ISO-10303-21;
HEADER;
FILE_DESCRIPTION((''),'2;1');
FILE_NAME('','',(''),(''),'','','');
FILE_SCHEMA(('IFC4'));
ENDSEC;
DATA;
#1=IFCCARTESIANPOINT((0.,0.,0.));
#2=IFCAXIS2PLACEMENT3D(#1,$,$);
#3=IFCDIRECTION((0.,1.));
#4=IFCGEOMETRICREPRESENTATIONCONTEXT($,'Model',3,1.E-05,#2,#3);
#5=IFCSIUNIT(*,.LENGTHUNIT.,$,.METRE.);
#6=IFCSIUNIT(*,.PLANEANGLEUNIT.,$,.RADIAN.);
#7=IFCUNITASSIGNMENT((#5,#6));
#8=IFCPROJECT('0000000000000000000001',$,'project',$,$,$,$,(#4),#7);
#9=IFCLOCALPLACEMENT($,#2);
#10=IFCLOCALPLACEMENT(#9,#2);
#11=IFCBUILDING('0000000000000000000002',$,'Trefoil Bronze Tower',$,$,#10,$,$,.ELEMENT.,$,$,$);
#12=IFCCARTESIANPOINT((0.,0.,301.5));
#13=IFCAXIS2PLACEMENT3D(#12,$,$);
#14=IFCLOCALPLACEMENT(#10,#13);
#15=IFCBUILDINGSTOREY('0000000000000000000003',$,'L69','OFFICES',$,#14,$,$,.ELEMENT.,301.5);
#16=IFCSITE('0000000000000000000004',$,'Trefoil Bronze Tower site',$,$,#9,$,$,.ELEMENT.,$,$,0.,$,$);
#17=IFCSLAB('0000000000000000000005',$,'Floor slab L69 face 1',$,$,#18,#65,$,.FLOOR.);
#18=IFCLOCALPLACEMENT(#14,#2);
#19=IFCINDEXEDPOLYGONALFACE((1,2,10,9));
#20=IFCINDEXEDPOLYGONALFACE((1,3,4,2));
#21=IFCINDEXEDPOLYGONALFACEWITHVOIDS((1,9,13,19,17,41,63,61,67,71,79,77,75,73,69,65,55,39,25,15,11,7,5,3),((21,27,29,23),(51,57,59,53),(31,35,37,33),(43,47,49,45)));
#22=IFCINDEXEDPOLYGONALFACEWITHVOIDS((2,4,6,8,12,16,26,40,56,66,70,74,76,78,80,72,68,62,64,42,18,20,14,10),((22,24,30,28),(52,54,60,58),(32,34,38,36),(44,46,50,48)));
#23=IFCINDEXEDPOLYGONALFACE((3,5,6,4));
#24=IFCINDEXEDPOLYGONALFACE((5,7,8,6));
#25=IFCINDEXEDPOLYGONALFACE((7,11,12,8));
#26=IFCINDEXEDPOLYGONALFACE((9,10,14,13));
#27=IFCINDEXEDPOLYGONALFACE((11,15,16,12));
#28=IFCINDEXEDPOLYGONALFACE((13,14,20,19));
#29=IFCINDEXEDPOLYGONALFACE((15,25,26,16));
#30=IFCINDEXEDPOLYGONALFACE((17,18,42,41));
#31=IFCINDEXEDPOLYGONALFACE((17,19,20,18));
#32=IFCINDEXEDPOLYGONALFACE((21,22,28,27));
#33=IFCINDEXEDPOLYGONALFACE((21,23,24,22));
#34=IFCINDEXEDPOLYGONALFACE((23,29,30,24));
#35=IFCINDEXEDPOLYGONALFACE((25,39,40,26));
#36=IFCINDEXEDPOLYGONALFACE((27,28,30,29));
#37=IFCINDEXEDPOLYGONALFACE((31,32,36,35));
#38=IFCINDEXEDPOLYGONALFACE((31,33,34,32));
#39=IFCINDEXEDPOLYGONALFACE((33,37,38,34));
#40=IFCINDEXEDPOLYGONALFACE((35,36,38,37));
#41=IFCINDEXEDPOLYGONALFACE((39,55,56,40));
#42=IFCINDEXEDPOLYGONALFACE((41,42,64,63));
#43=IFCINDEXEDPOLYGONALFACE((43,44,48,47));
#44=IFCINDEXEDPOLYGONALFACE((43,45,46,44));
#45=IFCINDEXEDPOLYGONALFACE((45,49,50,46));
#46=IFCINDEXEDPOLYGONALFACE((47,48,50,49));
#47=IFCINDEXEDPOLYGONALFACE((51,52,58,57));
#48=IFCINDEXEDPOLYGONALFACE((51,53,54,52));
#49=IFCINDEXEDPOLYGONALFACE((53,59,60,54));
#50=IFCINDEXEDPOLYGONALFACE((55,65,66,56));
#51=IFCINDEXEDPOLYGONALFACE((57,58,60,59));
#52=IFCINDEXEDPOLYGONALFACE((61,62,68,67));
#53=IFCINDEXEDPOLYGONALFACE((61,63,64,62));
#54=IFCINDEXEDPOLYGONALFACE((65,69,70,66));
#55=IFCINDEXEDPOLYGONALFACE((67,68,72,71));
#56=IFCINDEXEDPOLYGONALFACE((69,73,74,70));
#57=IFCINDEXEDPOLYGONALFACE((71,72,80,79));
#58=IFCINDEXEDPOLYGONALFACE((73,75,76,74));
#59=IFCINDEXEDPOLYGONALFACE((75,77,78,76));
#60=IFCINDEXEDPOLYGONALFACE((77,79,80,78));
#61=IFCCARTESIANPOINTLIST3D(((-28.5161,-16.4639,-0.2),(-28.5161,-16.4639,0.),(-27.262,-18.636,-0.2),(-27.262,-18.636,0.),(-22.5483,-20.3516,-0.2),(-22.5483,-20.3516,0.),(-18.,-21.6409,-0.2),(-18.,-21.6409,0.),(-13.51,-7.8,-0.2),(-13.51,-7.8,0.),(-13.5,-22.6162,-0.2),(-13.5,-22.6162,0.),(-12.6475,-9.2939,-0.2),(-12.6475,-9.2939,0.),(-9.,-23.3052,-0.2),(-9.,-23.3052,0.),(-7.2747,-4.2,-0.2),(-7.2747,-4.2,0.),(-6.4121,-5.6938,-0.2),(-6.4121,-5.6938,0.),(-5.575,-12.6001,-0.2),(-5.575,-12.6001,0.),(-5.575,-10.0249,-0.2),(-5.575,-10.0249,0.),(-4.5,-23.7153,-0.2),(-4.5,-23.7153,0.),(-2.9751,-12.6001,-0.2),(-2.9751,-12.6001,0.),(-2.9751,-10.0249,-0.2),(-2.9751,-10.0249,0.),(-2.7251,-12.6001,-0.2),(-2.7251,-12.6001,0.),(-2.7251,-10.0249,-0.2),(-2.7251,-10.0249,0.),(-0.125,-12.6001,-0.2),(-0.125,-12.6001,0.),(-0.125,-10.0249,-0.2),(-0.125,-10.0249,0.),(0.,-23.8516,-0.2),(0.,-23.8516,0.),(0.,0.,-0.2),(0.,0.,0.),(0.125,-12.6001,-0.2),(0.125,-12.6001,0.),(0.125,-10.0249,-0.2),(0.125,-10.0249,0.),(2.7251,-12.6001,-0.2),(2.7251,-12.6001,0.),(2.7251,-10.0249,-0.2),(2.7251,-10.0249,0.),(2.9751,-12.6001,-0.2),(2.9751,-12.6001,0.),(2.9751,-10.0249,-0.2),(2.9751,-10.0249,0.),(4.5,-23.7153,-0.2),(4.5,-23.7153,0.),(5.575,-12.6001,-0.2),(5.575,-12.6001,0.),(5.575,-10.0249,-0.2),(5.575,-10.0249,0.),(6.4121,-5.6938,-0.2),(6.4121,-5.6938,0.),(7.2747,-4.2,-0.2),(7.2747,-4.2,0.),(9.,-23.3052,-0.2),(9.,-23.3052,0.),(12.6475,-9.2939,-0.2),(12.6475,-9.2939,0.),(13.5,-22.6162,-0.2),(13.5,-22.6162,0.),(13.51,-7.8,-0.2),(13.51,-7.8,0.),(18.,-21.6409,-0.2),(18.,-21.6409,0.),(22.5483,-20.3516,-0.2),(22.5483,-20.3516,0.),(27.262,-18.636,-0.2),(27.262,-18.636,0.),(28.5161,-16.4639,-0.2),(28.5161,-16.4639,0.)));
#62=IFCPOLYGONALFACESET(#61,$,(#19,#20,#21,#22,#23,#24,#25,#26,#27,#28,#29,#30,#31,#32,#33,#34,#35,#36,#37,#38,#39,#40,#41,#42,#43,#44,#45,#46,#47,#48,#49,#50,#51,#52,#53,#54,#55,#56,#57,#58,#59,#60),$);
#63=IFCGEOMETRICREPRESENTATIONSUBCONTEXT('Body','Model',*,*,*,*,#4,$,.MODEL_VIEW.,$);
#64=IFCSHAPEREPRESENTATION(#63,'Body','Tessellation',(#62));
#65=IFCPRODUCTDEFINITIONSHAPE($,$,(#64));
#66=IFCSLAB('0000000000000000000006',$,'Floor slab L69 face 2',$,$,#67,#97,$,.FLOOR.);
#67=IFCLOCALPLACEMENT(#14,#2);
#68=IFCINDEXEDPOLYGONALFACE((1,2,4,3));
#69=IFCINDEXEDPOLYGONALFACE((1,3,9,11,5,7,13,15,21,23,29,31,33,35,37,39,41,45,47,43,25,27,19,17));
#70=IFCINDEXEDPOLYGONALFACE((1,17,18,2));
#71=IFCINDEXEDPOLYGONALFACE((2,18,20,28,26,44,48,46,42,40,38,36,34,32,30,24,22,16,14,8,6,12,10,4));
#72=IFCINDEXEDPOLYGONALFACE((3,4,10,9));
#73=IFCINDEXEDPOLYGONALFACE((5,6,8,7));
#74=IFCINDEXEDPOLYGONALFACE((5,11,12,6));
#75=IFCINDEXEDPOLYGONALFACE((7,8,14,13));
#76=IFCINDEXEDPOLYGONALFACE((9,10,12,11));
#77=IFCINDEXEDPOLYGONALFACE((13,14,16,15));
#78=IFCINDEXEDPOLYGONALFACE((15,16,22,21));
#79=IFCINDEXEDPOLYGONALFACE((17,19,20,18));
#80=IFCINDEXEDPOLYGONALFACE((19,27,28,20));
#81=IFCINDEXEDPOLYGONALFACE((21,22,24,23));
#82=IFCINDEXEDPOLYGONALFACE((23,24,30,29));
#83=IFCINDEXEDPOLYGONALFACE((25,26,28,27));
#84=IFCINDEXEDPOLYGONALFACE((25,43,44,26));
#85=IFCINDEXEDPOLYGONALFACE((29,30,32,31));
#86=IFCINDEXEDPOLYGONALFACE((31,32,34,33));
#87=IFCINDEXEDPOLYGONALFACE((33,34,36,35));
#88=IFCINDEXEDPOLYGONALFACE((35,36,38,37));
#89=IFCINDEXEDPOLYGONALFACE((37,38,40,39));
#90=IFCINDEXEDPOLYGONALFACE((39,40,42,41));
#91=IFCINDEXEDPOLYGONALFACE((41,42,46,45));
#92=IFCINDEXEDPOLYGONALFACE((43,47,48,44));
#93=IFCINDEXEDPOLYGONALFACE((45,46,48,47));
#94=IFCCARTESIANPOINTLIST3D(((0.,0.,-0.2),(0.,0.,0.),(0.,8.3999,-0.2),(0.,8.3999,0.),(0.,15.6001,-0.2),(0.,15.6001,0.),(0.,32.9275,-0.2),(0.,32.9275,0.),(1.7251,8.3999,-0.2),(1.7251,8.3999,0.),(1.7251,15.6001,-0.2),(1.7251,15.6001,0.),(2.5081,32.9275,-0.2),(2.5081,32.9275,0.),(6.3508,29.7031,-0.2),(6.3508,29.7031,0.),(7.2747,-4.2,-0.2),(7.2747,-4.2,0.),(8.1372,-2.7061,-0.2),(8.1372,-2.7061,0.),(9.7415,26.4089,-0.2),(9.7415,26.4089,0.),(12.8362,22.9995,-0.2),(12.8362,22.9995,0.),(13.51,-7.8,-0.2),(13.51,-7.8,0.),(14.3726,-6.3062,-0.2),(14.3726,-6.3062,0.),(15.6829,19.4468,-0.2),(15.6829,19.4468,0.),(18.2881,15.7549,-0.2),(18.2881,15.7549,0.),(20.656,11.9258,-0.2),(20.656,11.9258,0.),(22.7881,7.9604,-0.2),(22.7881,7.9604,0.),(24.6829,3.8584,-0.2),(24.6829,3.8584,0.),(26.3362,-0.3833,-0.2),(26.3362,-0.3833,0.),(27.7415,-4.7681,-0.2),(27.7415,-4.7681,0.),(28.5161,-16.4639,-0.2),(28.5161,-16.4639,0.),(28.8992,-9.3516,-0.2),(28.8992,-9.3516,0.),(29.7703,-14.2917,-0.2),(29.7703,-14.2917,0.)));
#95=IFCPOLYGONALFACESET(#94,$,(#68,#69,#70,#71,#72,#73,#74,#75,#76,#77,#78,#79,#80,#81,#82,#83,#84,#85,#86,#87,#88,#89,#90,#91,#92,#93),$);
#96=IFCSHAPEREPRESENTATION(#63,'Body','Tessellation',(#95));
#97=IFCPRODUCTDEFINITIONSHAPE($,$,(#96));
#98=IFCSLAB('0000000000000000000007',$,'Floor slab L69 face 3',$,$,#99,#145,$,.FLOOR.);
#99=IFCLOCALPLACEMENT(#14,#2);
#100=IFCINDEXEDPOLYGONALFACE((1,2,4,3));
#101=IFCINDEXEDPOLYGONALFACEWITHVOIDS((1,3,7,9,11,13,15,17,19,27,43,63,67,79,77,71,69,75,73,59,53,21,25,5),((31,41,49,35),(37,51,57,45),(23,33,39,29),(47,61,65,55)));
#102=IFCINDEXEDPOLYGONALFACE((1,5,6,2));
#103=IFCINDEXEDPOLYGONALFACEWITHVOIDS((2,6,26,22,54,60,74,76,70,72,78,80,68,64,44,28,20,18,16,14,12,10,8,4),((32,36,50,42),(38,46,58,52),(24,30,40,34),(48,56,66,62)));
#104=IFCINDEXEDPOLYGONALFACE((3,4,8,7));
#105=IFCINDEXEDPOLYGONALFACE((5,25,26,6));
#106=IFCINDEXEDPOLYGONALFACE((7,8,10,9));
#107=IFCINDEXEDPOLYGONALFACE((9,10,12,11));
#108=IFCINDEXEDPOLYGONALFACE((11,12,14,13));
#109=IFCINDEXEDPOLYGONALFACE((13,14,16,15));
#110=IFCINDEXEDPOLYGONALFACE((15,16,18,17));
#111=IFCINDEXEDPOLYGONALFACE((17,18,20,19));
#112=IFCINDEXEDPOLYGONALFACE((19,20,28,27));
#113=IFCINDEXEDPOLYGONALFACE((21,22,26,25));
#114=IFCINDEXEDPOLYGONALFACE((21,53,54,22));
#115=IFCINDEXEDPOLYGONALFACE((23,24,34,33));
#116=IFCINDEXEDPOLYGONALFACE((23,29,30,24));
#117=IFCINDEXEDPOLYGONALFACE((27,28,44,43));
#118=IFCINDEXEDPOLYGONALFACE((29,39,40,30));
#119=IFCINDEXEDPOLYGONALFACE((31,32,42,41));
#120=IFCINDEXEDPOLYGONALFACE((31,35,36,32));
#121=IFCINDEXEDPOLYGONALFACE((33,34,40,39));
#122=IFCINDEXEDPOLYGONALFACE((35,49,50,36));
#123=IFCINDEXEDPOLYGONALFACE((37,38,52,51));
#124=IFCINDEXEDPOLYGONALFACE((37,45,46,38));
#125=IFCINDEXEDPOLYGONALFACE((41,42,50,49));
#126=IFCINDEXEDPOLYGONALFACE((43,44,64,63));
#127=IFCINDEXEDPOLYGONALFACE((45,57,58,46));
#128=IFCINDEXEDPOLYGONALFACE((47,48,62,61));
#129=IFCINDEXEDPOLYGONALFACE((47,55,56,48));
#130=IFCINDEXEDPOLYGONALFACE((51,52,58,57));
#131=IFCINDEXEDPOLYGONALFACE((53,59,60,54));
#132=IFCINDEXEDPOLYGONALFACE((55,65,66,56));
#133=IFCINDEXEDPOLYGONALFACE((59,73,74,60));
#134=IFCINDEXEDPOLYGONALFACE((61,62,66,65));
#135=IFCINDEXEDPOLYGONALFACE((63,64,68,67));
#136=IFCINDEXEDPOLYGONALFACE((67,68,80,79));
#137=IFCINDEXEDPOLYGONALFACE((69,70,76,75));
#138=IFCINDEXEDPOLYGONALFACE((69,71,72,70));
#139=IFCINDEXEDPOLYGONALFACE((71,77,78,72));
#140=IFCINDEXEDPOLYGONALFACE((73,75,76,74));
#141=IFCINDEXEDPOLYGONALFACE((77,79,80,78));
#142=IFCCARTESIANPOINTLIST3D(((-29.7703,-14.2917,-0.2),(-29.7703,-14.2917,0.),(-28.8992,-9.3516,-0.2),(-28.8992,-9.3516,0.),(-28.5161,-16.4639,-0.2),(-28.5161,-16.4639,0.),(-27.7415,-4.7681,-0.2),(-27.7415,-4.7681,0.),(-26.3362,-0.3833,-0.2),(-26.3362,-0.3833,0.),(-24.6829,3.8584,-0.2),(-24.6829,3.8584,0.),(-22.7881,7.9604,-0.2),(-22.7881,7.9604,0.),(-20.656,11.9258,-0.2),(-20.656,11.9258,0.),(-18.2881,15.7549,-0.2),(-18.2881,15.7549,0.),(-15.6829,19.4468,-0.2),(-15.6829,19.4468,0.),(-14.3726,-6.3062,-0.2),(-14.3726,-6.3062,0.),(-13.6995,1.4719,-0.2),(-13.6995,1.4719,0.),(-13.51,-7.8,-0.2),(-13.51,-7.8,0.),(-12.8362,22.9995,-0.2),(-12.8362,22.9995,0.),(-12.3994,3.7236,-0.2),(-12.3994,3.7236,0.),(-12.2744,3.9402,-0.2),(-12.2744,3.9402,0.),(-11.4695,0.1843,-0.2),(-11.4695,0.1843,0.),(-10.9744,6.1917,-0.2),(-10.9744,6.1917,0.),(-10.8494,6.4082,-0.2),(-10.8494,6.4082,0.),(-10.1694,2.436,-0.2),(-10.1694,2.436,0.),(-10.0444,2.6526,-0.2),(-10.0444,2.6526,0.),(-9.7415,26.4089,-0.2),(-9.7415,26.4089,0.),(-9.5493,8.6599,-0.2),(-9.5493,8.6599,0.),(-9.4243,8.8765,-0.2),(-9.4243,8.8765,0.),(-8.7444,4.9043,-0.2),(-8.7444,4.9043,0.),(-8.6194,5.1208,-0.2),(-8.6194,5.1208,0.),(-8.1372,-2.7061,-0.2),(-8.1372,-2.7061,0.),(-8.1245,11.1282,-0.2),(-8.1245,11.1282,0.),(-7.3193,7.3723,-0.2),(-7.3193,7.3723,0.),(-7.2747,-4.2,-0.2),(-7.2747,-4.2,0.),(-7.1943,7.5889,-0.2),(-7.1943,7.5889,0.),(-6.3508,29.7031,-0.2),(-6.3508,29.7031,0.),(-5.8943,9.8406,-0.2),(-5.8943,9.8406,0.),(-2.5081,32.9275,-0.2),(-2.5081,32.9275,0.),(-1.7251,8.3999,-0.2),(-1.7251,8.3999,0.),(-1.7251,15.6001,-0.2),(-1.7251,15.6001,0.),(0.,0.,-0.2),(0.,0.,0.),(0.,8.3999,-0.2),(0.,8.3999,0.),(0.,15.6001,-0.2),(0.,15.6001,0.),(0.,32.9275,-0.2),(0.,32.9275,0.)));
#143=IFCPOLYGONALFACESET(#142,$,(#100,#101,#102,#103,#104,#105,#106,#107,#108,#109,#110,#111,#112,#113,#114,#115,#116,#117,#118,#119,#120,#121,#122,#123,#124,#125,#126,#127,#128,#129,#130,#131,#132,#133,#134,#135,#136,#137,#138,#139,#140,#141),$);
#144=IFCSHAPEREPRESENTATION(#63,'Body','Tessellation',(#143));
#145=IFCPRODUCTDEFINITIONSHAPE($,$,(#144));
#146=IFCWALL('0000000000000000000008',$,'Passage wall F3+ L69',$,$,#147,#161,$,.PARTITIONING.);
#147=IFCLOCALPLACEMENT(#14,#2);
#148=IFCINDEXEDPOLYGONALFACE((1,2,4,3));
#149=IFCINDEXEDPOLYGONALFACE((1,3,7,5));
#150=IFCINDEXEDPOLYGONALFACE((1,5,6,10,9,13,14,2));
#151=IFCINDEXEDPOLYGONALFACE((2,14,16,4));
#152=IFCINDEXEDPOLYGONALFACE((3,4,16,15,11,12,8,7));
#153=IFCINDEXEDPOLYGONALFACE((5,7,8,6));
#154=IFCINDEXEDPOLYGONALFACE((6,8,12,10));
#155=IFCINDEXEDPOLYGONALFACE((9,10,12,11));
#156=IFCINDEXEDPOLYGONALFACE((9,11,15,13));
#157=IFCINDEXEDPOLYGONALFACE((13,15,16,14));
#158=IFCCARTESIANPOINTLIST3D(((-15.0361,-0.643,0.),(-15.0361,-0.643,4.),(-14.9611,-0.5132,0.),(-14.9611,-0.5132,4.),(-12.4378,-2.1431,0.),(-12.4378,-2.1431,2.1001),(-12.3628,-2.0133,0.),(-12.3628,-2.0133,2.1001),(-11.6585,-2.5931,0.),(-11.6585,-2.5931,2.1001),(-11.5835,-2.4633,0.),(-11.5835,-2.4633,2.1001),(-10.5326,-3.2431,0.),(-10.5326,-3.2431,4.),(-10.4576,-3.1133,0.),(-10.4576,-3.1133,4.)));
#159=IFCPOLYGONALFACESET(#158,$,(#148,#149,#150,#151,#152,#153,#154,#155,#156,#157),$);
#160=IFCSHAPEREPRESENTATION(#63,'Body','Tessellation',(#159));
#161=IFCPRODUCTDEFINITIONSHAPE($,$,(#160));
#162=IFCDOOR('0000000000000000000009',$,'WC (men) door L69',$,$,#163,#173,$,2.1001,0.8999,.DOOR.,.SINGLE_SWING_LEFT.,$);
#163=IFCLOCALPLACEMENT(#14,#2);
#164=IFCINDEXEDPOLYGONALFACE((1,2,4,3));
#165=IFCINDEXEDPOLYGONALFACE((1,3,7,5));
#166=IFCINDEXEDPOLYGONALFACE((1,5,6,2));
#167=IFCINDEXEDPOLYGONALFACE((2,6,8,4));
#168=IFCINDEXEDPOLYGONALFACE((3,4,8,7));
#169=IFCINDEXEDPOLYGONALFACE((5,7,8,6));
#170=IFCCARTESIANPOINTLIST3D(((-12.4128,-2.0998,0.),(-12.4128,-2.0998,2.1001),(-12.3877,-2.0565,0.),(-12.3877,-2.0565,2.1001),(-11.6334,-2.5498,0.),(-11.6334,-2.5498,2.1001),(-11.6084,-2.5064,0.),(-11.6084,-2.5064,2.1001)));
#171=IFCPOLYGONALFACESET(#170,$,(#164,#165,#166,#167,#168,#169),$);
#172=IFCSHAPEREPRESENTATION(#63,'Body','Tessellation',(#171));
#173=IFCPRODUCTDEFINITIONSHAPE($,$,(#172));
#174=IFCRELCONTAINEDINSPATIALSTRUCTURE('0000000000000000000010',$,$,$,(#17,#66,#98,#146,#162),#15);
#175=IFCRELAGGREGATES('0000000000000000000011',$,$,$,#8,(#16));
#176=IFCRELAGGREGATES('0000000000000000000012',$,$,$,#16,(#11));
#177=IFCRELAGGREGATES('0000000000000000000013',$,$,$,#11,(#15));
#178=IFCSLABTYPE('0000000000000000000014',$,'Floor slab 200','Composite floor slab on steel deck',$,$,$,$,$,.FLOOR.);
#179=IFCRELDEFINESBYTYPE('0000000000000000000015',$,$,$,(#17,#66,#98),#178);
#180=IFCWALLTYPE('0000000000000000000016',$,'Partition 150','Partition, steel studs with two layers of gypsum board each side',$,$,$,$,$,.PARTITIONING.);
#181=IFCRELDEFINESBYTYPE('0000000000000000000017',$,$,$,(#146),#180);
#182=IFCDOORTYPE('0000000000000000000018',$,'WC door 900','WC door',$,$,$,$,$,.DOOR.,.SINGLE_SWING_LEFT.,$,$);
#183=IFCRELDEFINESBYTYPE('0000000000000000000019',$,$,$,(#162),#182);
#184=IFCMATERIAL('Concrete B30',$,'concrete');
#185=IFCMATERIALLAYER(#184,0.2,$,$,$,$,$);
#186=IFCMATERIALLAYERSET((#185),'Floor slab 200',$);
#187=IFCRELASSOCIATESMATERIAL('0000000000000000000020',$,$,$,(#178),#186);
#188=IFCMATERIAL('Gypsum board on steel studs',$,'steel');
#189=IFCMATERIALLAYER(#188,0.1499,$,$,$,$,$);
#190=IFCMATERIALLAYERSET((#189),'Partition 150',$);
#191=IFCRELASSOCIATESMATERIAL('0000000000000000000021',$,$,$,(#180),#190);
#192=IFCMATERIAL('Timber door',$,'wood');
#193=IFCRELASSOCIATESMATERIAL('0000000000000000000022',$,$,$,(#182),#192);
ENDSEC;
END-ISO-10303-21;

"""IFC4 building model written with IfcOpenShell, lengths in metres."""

from ifc_helpers import new_model, si_unit, direction, frame, frame_2d, origin, place, context, subcontext, project, spatial, polyline, rectangle, outline, extrude, material, layer, layer_set, type_object, element, fill, save


model = new_model("IFC4")

# Units and contexts
model_context = context("Model", 3, precision=1e-05, world=origin(), true_north=direction((0.0, 1.0)))
body_context = subcontext(model_context, "Body", "Model", "MODEL_VIEW")
ifc_project = project(units=[si_unit("LENGTHUNIT", "METRE"), si_unit("PLANEANGLEUNIT", "RADIAN")], contexts=[model_context])

# Site, building, storey
site_placement = place(None, origin())
site = spatial("IfcSite", under=ifc_project, at=site_placement, Name="Trefoil Bronze Tower site", CompositionType="ELEMENT", RefElevation=0.0)
building_placement = place(site_placement, origin())
building = spatial("IfcBuilding", under=site, at=building_placement, Name="Trefoil Bronze Tower", CompositionType="ELEMENT")
storey_placement = place(building_placement, frame((0.0, 0.0, 301.5)))
storey = spatial("IfcBuildingStorey", under=building, at=storey_placement, Name="L69", Description="OFFICES", CompositionType="ELEMENT", Elevation=301.5)

# Slabs
ifc_material_1 = material(Name="Concrete B30", Category="concrete")
ifc_layer_1 = layer(ifc_material_1, 0.2)
ifc_layer_set_1 = layer_set([ifc_layer_1], Name="Floor slab 200")
slab_type = type_object("IfcSlabType", Name="Floor slab 200", Description="Composite floor slab on steel deck", PredefinedType="FLOOR", material=ifc_layer_set_1)
slab_1_placement = place(storey_placement, frame((0.0, 0.0, -0.2)))
element("IfcSlab", 1, at=slab_1_placement, inside=storey, type_object=slab_type, Name="Floor slab L69 face 1", PredefinedType="FLOOR", context=body_context, shape_type="SweptSolid", body=[
    extrude(outline(polyline([(13.5, -22.6162), (9.0, -23.3052), (4.5, -23.7153), (0.0, -23.8516), (-4.5, -23.7153), (-9.0, -23.3052), (-13.5, -22.6162), (-18.0, -21.6409), (-22.5483, -20.3516), (-27.262, -18.636), (-28.5161, -16.4639), (-13.51, -7.8), (-12.6475, -9.2939), (-6.4121, -5.6938), (-7.2747, -4.2), (0.0, 0.0), (7.2747, -4.2), (6.4121, -5.6938), (12.6475, -9.2939), (13.51, -7.8), (28.5161, -16.4639), (27.262, -18.636), (22.5483, -20.3516), (18.0, -21.6409), (13.5, -22.6162)]), holes=[polyline([(-5.575, -10.0249), (-2.9751, -10.0249), (-2.9751, -12.6001), (-5.575, -12.6001), (-5.575, -10.0249)]), polyline([(-2.7251, -10.0249), (-0.125, -10.0249), (-0.125, -12.6001), (-2.7251, -12.6001), (-2.7251, -10.0249)]), polyline([(0.125, -10.0249), (2.7251, -10.0249), (2.7251, -12.6001), (0.125, -12.6001), (0.125, -10.0249)]), polyline([(2.9751, -10.0249), (5.575, -10.0249), (5.575, -12.6001), (2.9751, -12.6001), (2.9751, -10.0249)])]), origin(), (0.0, 0.0, 1.0), 0.2),
])
slab_2_placement = place(storey_placement, frame((0.0, 0.0, -0.2)))
element("IfcSlab", 2, at=slab_2_placement, inside=storey, type_object=slab_type, Name="Floor slab L69 face 2", PredefinedType="FLOOR", context=body_context, shape_type="SweptSolid", body=[
    extrude(outline(polyline([(12.8362, 22.9995), (15.6829, 19.4468), (18.2881, 15.7549), (20.656, 11.9258), (22.7881, 7.9604), (24.6829, 3.8584), (26.3362, -0.3833), (27.7415, -4.7681), (28.8992, -9.3516), (29.7703, -14.2917), (28.5161, -16.4639), (13.51, -7.8), (14.3726, -6.3062), (8.1372, -2.7061), (7.2747, -4.2), (0.0, 0.0), (0.0, 8.3999), (1.7251, 8.3999), (1.7251, 15.6001), (0.0, 15.6001), (0.0, 32.9275), (2.5081, 32.9275), (6.3508, 29.7031), (9.7415, 26.4089), (12.8362, 22.9995)])), origin(), (0.0, 0.0, 1.0), 0.2),
])
slab_3_placement = place(storey_placement, frame((0.0, 0.0, -0.2)))
element("IfcSlab", 3, at=slab_3_placement, inside=storey, type_object=slab_type, Name="Floor slab L69 face 3", PredefinedType="FLOOR", context=body_context, shape_type="SweptSolid", body=[
    extrude(outline(polyline([(-26.3362, -0.3833), (-24.6829, 3.8584), (-22.7881, 7.9604), (-20.656, 11.9258), (-18.2881, 15.7549), (-15.6829, 19.4468), (-12.8362, 22.9995), (-9.7415, 26.4089), (-6.3508, 29.7031), (-2.5081, 32.9275), (0.0, 32.9275), (0.0, 15.6001), (-1.7251, 15.6001), (-1.7251, 8.3999), (0.0, 8.3999), (0.0, 0.0), (-7.2747, -4.2), (-8.1372, -2.7061), (-14.3726, -6.3062), (-13.51, -7.8), (-28.5161, -16.4639), (-29.7703, -14.2917), (-28.8992, -9.3516), (-27.7415, -4.7681), (-26.3362, -0.3833)]), holes=[polyline([(-5.8943, 9.8406), (-7.1943, 7.5889), (-9.4243, 8.8765), (-8.1245, 11.1282), (-5.8943, 9.8406)]), polyline([(-7.3193, 7.3723), (-8.6194, 5.1208), (-10.8494, 6.4082), (-9.5493, 8.6599), (-7.3193, 7.3723)]), polyline([(-8.7444, 4.9043), (-10.0444, 2.6526), (-12.2744, 3.9402), (-10.9744, 6.1917), (-8.7444, 4.9043)]), polyline([(-10.1694, 2.436), (-11.4695, 0.1843), (-13.6995, 1.4719), (-12.3994, 3.7236), (-10.1694, 2.436)])]), origin(), (0.0, 0.0, 1.0), 0.2),
])

# Wall, opening, door
ifc_material_2 = material(Name="Gypsum board on steel studs", Category="steel")
ifc_layer_2 = layer(ifc_material_2, 0.1499)
ifc_layer_set_2 = layer_set([ifc_layer_2], Name="Partition 150")
wall_type_1 = type_object("IfcWallType", Name="Partition 150", Description="Partition, steel studs with two layers of gypsum board each side", PredefinedType="PARTITIONING", material=ifc_layer_set_2)
wall_1_placement = place(storey_placement, frame((-10.4951, -3.1782, 0.0), z_axis=(0.0, 0.0, 1.0), x_axis=(-0.866021, 0.500007, 0.0)))
wall_1 = element("IfcWall", 4, at=wall_1_placement, inside=storey, type_object=wall_type_1, Name="Passage wall F3+ L69", PredefinedType="PARTITIONING", context=body_context, shape_type="SweptSolid", body=[
    extrude(rectangle(XDim=5.2002, YDim=0.1499, at=frame_2d((2.6001, 0.0))), origin(), (0.0, 0.0, 1.0), 4.0),
])
opening_1_placement = place(wall_1_placement, frame((1.3, 0.0, 0.0)))
opening_1 = element("IfcOpeningElement", 5, at=opening_1_placement, cuts=wall_1, PredefinedType="OPENING", context=body_context, shape_type="SweptSolid", body=[
    extrude(rectangle(XDim=0.8999, YDim=2.1001, at=frame_2d((0.45, 1.05))), frame((0.0, 0.085, 0.0), z_axis=(0.0, -1.0, 0.0), x_axis=(1.0, 0.0, 0.0)), (0.0, 0.0, 1.0), 0.1699),
])
ifc_material_3 = material(Name="Timber door", Category="wood")
door_type_1 = type_object("IfcDoorType", Name="WC door 900", Description="WC door", OperationType="SINGLE_SWING_LEFT", PredefinedType="DOOR", material=ifc_material_3)
door_1_placement = place(opening_1_placement, origin())
door_1 = element("IfcDoor", 6, at=door_1_placement, inside=storey, type_object=door_type_1, Name="WC (men) door L69", OperationType="SINGLE_SWING_LEFT", OverallHeight=2.1001, OverallWidth=0.8999, PredefinedType="DOOR", context=body_context, shape_type="SweptSolid", body=[
    extrude(rectangle(XDim=0.8999, YDim=2.1001, at=frame_2d((0.45, 1.05))), frame((0.0, 0.0249, 0.0), z_axis=(0.0, -1.0, 0.0), x_axis=(1.0, 0.0, 0.0)), (0.0, 0.0, 1.0), 0.05),
])
fill(opening_1, door_1)

save(model, "model.ifc")
